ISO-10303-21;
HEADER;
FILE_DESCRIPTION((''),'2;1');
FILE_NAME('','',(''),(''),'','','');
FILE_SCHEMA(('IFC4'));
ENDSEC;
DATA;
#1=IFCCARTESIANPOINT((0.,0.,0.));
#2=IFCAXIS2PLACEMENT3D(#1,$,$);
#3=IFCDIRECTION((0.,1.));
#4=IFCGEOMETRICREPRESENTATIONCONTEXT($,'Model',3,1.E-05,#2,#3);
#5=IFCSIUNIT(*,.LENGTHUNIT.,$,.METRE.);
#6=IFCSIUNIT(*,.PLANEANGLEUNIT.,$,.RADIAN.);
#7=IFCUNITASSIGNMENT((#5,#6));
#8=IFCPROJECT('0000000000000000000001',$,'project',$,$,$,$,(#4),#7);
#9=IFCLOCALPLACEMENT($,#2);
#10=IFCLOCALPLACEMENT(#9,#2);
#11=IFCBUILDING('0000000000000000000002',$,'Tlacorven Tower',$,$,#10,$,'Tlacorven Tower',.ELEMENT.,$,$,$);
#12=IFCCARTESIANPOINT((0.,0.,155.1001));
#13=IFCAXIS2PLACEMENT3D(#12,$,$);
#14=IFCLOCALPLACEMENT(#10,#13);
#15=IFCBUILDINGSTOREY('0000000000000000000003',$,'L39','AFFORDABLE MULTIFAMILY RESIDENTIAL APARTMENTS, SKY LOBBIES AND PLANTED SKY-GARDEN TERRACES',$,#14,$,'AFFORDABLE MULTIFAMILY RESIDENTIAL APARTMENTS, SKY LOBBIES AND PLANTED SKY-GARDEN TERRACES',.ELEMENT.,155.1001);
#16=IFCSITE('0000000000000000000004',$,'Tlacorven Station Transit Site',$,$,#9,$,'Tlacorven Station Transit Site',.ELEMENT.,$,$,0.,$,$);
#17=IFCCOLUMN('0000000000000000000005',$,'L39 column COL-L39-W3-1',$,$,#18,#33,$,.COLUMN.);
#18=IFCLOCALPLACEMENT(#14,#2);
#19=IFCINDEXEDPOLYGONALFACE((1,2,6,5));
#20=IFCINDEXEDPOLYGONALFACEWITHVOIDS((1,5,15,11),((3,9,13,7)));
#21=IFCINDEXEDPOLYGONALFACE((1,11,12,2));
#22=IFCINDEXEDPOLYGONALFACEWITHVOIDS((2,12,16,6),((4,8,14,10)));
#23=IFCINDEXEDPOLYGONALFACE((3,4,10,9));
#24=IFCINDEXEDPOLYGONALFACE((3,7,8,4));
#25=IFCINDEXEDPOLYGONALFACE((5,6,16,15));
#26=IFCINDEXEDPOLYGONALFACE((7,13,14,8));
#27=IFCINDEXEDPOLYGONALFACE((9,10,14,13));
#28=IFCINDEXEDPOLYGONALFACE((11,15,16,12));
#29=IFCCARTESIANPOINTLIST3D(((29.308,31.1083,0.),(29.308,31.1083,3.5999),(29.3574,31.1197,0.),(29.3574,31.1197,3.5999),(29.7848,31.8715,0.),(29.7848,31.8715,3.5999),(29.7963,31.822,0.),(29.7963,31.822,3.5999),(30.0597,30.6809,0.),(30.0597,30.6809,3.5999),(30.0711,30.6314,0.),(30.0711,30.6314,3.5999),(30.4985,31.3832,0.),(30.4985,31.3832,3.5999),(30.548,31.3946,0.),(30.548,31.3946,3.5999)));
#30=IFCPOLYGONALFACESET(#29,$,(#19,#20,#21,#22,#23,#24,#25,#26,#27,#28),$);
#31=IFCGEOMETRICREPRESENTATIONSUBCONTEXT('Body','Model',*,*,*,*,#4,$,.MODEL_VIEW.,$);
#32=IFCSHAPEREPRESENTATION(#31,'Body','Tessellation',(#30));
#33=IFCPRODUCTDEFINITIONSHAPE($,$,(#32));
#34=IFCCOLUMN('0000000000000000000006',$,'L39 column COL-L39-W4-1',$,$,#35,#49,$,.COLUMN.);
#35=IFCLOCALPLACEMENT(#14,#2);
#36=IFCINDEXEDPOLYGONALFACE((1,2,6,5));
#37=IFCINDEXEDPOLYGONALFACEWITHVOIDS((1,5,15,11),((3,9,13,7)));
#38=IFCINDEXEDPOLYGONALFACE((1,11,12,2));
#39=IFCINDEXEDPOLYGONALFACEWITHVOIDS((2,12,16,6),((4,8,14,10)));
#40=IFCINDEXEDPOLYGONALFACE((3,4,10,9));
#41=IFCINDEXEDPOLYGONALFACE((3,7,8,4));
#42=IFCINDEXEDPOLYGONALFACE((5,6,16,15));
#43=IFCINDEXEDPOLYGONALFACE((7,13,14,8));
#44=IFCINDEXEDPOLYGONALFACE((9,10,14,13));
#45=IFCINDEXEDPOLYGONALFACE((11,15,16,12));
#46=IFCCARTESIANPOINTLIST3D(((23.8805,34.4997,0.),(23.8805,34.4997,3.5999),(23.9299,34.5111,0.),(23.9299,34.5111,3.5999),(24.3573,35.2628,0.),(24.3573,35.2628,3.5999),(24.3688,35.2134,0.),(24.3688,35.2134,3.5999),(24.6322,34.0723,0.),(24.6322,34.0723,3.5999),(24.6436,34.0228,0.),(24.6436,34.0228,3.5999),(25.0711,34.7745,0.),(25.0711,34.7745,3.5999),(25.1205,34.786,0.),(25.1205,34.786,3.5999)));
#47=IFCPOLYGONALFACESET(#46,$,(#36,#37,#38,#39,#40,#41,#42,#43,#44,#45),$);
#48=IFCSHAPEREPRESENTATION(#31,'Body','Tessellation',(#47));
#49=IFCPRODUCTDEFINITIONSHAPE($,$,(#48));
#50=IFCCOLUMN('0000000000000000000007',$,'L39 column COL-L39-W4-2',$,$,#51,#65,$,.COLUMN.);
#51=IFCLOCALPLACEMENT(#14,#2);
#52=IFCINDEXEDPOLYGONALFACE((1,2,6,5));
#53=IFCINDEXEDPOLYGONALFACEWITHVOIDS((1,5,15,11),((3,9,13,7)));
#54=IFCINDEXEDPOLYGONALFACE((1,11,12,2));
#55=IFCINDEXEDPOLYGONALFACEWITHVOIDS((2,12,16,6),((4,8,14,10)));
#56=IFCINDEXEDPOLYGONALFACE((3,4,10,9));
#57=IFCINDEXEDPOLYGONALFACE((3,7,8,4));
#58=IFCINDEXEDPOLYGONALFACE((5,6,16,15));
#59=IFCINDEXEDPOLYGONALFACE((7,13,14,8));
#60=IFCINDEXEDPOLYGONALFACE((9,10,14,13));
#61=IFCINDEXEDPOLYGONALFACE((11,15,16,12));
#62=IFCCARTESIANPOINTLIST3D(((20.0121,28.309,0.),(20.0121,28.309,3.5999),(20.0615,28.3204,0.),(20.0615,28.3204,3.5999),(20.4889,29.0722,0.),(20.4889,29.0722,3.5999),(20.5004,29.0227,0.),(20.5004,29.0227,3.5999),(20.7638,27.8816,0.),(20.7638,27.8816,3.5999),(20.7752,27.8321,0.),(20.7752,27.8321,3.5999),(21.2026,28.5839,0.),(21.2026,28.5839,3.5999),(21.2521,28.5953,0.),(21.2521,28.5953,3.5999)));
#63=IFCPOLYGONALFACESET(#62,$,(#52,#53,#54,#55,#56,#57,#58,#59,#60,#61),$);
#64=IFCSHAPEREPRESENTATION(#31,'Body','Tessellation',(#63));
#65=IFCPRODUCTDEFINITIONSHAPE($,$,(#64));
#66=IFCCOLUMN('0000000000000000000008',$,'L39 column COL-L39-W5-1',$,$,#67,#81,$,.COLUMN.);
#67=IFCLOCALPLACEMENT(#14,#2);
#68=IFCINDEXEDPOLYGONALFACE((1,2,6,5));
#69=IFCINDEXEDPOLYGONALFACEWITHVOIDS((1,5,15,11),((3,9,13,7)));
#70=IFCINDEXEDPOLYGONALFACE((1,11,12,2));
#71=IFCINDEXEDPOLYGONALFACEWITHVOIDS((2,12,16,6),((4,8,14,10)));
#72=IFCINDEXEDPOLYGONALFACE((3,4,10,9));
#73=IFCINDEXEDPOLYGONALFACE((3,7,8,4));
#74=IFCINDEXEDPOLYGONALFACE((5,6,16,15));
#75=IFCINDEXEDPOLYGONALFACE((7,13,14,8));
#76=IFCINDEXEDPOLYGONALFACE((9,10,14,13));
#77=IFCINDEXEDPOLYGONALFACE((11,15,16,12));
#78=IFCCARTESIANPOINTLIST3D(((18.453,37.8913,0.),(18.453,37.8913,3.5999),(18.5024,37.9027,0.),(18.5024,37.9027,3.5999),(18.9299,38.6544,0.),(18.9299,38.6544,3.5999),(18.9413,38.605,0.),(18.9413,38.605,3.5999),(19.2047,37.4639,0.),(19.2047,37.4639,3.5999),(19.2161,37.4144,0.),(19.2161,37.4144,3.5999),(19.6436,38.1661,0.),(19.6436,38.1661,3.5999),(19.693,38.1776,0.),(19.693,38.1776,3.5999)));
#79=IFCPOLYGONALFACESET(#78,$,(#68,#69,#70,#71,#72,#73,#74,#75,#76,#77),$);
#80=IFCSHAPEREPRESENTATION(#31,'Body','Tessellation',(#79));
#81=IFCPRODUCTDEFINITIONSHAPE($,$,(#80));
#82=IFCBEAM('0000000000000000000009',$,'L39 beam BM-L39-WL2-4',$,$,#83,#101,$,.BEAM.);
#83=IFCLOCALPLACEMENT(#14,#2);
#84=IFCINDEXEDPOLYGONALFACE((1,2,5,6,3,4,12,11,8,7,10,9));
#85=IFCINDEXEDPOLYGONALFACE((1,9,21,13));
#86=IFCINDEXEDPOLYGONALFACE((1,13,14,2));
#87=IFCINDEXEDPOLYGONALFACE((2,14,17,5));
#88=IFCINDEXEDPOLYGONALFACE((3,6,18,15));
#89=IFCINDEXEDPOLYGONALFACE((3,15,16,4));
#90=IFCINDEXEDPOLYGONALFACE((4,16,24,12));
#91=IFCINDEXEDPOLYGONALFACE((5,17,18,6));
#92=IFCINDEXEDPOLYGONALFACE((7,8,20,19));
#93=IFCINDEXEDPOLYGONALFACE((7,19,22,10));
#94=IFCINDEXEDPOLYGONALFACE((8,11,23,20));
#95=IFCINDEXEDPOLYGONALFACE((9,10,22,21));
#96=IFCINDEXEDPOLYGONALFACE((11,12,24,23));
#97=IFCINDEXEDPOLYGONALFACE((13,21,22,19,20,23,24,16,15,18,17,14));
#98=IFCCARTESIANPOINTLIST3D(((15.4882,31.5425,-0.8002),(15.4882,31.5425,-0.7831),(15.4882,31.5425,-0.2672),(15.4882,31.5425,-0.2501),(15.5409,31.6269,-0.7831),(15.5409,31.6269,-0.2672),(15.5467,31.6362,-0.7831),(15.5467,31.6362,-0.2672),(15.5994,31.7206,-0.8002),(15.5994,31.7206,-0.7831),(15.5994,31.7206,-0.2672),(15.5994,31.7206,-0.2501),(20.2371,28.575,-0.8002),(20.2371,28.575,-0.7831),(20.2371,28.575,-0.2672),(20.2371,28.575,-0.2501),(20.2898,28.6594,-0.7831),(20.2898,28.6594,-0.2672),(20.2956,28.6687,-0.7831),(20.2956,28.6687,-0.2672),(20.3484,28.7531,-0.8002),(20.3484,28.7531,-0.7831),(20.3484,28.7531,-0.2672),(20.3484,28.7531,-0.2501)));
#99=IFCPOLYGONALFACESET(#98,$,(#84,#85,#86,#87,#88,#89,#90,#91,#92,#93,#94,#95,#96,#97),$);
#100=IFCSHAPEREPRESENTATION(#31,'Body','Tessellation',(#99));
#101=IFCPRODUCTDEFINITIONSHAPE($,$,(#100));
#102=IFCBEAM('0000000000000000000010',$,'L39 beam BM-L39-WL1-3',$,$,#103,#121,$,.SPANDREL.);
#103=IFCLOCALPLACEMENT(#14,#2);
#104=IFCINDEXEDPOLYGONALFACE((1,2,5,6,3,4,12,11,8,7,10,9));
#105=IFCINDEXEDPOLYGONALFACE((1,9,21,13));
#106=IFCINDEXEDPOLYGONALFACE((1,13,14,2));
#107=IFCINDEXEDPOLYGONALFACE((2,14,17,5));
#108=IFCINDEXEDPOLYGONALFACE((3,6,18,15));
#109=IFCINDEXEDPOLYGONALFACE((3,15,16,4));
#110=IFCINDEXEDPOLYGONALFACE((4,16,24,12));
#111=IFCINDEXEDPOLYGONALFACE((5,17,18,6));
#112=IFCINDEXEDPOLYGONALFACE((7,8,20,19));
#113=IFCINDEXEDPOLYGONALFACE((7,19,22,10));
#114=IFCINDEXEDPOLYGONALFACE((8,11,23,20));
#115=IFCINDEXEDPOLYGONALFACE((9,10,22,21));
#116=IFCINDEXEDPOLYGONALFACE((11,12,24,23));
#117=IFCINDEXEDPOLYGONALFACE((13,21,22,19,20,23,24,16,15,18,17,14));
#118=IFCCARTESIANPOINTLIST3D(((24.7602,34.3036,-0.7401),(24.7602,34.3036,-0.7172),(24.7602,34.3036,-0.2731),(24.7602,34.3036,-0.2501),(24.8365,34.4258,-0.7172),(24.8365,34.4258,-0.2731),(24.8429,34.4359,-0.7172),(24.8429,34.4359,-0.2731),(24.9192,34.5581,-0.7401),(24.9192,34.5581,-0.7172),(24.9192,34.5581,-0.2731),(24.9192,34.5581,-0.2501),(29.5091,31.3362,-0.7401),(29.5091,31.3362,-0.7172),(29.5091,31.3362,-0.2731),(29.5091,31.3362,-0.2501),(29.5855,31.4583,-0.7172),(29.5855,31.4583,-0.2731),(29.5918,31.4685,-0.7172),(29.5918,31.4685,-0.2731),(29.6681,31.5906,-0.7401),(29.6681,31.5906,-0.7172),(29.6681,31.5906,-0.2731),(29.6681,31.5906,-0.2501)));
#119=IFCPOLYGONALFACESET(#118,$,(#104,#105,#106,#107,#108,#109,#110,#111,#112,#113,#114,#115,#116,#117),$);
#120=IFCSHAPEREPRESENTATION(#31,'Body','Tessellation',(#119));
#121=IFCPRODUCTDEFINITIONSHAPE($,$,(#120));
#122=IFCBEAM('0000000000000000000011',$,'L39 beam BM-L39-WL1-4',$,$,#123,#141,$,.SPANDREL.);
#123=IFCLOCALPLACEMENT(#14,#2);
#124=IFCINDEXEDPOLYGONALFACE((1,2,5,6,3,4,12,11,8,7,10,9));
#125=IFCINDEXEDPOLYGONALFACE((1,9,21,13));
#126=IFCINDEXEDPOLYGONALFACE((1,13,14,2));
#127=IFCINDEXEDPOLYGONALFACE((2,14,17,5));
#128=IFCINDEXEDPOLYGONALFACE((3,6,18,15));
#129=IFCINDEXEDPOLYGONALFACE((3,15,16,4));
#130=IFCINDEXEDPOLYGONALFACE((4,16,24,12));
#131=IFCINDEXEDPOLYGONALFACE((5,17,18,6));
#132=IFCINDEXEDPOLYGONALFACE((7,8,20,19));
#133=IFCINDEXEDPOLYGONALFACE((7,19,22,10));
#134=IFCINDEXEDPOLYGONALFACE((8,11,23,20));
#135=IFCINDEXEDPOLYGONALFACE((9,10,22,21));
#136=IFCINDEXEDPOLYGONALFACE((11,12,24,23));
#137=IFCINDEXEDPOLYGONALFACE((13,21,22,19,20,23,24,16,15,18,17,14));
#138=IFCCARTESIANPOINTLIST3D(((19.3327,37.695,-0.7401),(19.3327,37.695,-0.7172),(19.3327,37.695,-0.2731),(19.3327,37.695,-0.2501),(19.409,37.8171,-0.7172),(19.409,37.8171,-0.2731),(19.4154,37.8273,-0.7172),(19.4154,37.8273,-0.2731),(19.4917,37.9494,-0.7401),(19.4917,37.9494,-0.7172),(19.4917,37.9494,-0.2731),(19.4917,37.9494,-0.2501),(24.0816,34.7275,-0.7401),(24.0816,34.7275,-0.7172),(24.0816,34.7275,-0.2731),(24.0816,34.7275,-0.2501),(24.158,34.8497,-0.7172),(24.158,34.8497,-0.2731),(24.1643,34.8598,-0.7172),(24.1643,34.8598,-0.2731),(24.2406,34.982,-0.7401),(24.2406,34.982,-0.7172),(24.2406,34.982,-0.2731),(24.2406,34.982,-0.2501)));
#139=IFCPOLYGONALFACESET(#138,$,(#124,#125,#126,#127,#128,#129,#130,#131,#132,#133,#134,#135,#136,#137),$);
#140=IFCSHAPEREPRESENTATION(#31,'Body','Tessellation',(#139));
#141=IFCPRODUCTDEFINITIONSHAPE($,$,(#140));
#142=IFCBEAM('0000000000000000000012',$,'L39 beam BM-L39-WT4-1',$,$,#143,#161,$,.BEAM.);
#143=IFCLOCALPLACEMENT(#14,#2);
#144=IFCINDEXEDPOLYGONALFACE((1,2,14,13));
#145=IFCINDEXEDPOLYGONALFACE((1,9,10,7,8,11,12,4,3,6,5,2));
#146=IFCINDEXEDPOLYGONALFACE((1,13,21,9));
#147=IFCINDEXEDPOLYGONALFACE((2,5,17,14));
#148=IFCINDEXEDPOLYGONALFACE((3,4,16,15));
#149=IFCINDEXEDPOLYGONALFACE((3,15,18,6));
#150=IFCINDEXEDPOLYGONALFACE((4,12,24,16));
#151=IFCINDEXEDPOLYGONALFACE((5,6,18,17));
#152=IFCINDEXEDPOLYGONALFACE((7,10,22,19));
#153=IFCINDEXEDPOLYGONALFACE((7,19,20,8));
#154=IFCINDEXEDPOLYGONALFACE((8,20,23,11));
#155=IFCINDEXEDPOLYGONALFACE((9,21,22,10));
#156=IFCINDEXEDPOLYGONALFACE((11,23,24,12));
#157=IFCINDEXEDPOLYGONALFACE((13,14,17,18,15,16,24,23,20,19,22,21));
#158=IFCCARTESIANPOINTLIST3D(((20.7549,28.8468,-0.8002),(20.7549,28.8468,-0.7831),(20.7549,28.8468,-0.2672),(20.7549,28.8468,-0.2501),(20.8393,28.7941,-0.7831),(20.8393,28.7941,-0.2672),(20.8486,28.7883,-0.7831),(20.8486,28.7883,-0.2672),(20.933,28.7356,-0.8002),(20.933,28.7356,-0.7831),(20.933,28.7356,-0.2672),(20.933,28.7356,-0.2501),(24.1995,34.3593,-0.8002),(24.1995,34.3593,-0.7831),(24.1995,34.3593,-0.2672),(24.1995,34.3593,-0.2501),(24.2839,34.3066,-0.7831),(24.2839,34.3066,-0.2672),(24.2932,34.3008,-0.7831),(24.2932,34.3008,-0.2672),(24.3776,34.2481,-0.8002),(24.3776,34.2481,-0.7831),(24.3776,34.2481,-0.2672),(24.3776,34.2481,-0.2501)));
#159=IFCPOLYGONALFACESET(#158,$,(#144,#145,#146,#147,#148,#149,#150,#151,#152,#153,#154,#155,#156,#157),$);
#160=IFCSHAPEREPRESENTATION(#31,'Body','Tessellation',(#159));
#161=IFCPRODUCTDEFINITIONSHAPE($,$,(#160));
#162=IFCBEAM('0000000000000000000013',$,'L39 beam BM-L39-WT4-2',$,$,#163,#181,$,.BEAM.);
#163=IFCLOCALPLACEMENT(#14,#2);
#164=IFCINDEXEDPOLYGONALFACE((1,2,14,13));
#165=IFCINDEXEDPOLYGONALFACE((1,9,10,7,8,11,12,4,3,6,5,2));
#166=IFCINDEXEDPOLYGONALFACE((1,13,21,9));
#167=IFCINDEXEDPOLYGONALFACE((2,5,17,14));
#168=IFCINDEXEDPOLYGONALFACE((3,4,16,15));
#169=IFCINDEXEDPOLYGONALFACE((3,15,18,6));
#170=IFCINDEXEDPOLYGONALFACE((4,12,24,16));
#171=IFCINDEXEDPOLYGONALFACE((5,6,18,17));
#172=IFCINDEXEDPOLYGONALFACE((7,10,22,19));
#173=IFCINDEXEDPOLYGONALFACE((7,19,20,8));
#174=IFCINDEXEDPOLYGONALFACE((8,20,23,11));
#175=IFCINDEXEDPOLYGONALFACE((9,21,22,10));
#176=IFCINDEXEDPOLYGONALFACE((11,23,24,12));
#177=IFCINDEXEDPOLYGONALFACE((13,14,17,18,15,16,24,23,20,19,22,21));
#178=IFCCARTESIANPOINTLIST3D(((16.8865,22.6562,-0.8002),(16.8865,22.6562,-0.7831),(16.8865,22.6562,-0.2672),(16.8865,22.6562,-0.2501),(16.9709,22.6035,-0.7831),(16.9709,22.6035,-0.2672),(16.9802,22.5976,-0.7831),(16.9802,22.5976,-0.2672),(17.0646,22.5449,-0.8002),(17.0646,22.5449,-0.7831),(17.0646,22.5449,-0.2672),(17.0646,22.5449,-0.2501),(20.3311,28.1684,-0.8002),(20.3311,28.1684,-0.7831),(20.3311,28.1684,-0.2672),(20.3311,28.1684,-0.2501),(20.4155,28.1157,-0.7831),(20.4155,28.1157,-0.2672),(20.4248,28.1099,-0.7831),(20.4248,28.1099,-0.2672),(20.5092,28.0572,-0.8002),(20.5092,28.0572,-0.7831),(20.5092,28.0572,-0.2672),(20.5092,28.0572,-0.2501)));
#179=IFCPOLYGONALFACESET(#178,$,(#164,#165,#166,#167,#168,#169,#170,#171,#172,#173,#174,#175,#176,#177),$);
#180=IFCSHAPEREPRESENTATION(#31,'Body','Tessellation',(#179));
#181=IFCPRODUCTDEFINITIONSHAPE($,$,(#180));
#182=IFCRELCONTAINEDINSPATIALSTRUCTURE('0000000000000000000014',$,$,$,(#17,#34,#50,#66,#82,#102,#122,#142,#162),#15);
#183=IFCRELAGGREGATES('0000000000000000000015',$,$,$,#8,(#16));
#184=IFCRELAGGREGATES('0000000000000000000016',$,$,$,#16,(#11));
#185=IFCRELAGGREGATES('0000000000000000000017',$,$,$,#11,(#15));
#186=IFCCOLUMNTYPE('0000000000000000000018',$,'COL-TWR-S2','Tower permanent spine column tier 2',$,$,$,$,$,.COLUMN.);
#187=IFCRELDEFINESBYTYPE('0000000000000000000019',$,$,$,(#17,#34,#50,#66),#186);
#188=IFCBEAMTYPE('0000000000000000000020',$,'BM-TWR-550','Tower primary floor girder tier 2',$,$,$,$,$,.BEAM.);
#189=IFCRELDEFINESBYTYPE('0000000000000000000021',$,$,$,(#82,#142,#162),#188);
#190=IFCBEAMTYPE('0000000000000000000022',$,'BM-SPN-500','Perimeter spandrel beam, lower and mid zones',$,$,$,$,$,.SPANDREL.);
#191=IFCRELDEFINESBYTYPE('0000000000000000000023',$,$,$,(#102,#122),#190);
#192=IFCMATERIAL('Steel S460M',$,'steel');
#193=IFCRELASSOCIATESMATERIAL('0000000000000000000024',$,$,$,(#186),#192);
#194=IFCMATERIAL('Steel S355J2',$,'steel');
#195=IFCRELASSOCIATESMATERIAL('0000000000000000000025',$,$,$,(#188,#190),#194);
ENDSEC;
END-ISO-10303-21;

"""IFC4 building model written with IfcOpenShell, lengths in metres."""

from ifc_helpers import new_model, si_unit, direction, frame, origin, origin_2d, place, context, subcontext, project, spatial, hollow_rectangle, i_section, extrude, source, transform, mapped, material, material_profile, profile_set, type_object, element, save


model = new_model("IFC4")

# Units and contexts
model_context = context("Model", 3, precision=1e-05, world=origin(), true_north=direction((0.0, 1.0)))
body_context = subcontext(model_context, "Body", "Model", "MODEL_VIEW")
ifc_project = project(units=[si_unit("LENGTHUNIT", "METRE"), si_unit("PLANEANGLEUNIT", "RADIAN")], contexts=[model_context])

# Site, building, storey
site_placement = place(None, origin())
site = spatial("IfcSite", under=ifc_project, at=site_placement, Name="Tlacorven Station Transit Site", LongName="Tlacorven Station Transit Site", CompositionType="ELEMENT", RefElevation=0.0)
building_placement = place(site_placement, origin())
building = spatial("IfcBuilding", under=site, at=building_placement, Name="Tlacorven Tower", LongName="Tlacorven Tower", CompositionType="ELEMENT")
storey_placement = place(building_placement, frame((0.0, 0.0, 155.1001)))
storey = spatial("IfcBuildingStorey", under=building, at=storey_placement, Name="L39", Description="AFFORDABLE MULTIFAMILY RESIDENTIAL APARTMENTS, SKY LOBBIES AND PLANTED SKY-GARDEN TERRACES", LongName="AFFORDABLE MULTIFAMILY RESIDENTIAL APARTMENTS, SKY LOBBIES AND PLANTED SKY-GARDEN TERRACES", CompositionType="ELEMENT", Elevation=155.1001)

# Columns
ifc_material_1 = material(Name="Steel S460M", Category="steel")
ifc_material_profile_1 = material_profile(ifc_material_1, hollow_rectangle(XDim=0.8999, YDim=0.8999, WallThickness=0.0359, at=origin_2d()), Name="BOX 900X900X36")
ifc_profile_set_1 = profile_set([ifc_material_profile_1], Name="Steel S460M")
column_type = type_object("IfcColumnType", Name="COL-TWR-S2", Description="Tower permanent spine column tier 2", PredefinedType="COLUMN", material=ifc_profile_set_1)
shared_shape_1 = source(origin(), body_context, "Body", "SweptSolid", [
    extrude(hollow_rectangle(XDim=0.8999, YDim=0.8999, WallThickness=0.0359, at=origin_2d()), origin(), (0.0, 0.0, 1.0), 3.5999),
])
for number, where, z_axis, x_axis, name in (
    (1, (29.928, 31.2515, 0.0), (0.0, 0.0, 1.0), (-0.848048, 0.529919, 0.0), "L39 column COL-L39-W3-1"),
    (2, (24.5005, 34.6428, 0.0), (0.0, 0.0, 1.0), (-0.848048, 0.529919, 0.0), "L39 column COL-L39-W4-1"),
    (3, (20.6321, 28.4521, 0.0), (0.0, 0.0, 1.0), (-0.848048, 0.529919, 0.0), "L39 column COL-L39-W4-2"),
    (4, (19.073, 38.0344, 0.0), (0.0, 0.0, 1.0), (-0.848048, 0.529919, 0.0), "L39 column COL-L39-W5-1"),
):
    element("IfcColumn", number, at=place(storey_placement, frame(where, z_axis=z_axis, x_axis=x_axis)), inside=storey, type_object=column_type, Name=name, PredefinedType="COLUMN", context=body_context, shape_type="MappedRepresentation", body=[
        mapped(shared_shape_1, transform((0.0, 0.0, 0.0), scale=1.0)),
    ])

# Beams
ifc_material_2 = material(Name="Steel S355J2", Category="steel")
ifc_material_profile_2 = material_profile(ifc_material_2, i_section(OverallWidth=0.21, OverallDepth=0.55, WebThickness=0.011, FlangeThickness=0.0171, at=origin_2d()), Name="IPE 550")
ifc_profile_set_2 = profile_set([ifc_material_profile_2], Name="Steel S355J2")
beam_type_1 = type_object("IfcBeamType", Name="BM-TWR-550", Description="Tower primary floor girder tier 2", PredefinedType="BEAM", material=ifc_profile_set_2)
shared_shape_2 = source(origin(), body_context, "Body", "SweptSolid", [
    extrude(i_section(OverallWidth=0.21, OverallDepth=0.55, WebThickness=0.011, FlangeThickness=0.0171, at=origin_2d()), origin(), (0.0, 0.0, 1.0), 5.5999),
])
beam_1_placement = place(storey_placement, frame((20.2927, 28.6641, -0.5251), z_axis=(-0.848047, 0.529921, 0.0), x_axis=(-0.529921, -0.848047, 0.0)))
element("IfcBeam", 5, at=beam_1_placement, inside=storey, type_object=beam_type_1, Name="L39 beam BM-L39-WL2-4", PredefinedType="BEAM", context=body_context, shape_type="MappedRepresentation", body=[
    mapped(shared_shape_2, transform((0.0, 0.0, 0.0), scale=1.0)),
])
ifc_material_profile_3 = material_profile(ifc_material_2, i_section(OverallWidth=0.3, OverallDepth=0.49, WebThickness=0.012, FlangeThickness=0.0229, at=origin_2d()), Name="HEA 500")
ifc_profile_set_3 = profile_set([ifc_material_profile_3], Name="Steel S355J2")
beam_type_2 = type_object("IfcBeamType", Name="BM-SPN-500", Description="Perimeter spandrel beam, lower and mid zones", PredefinedType="SPANDREL", material=ifc_profile_set_3)
shared_shape_3 = source(origin(), body_context, "Body", "SweptSolid", [
    extrude(i_section(OverallWidth=0.3, OverallDepth=0.49, WebThickness=0.012, FlangeThickness=0.0229, at=origin_2d()), origin(), (0.0, 0.0, 1.0), 5.5999),
])
for number, where, z_axis, x_axis, name in (
    (6, (29.5886, 31.4634, -0.4951), (-0.848047, 0.529921, 0.0), (-0.529921, -0.848047, 0.0), "L39 beam BM-L39-WL1-3"),
    (7, (24.1611, 34.8547, -0.4951), (-0.848047, 0.529921, 0.0), (-0.529921, -0.848047, 0.0), "L39 beam BM-L39-WL1-4"),
):
    element("IfcBeam", number, at=place(storey_placement, frame(where, z_axis=z_axis, x_axis=x_axis)), inside=storey, type_object=beam_type_2, Name=name, PredefinedType="SPANDREL", context=body_context, shape_type="MappedRepresentation", body=[
        mapped(shared_shape_3, transform((0.0, 0.0, 0.0), scale=1.0)),
    ])
shared_shape_4 = source(origin(), body_context, "Body", "SweptSolid", [
    extrude(i_section(OverallWidth=0.21, OverallDepth=0.55, WebThickness=0.011, FlangeThickness=0.0171, at=origin_2d()), origin(), (0.0, 0.0, 1.0), 6.5002),
])
beam_2_placement = place(storey_placement, frame((24.2886, 34.3037, -0.5251), z_axis=(-0.529921, -0.848047, 0.0), x_axis=(0.848047, -0.529921, 0.0)))
element("IfcBeam", 8, at=beam_2_placement, inside=storey, type_object=beam_type_1, Name="L39 beam BM-L39-WT4-1", PredefinedType="BEAM", context=body_context, shape_type="MappedRepresentation", body=[
    mapped(shared_shape_4, transform((0.0, 0.0, 0.0), scale=1.0)),
])
shared_shape_5 = source(origin(), body_context, "Body", "SweptSolid", [
    extrude(i_section(OverallWidth=0.21, OverallDepth=0.55, WebThickness=0.011, FlangeThickness=0.0171, at=origin_2d()), origin(), (0.0, 0.0, 1.0), 6.5),
])
beam_3_placement = place(storey_placement, frame((20.4202, 28.1128, -0.5251), z_axis=(-0.529938, -0.848036, 0.0), x_axis=(0.848036, -0.529938, 0.0)))
element("IfcBeam", 9, at=beam_3_placement, inside=storey, type_object=beam_type_1, Name="L39 beam BM-L39-WT4-2", PredefinedType="BEAM", context=body_context, shape_type="MappedRepresentation", body=[
    mapped(shared_shape_5, transform((0.0, 0.0, 0.0), scale=1.0)),
])

save(model, "model.ifc")
